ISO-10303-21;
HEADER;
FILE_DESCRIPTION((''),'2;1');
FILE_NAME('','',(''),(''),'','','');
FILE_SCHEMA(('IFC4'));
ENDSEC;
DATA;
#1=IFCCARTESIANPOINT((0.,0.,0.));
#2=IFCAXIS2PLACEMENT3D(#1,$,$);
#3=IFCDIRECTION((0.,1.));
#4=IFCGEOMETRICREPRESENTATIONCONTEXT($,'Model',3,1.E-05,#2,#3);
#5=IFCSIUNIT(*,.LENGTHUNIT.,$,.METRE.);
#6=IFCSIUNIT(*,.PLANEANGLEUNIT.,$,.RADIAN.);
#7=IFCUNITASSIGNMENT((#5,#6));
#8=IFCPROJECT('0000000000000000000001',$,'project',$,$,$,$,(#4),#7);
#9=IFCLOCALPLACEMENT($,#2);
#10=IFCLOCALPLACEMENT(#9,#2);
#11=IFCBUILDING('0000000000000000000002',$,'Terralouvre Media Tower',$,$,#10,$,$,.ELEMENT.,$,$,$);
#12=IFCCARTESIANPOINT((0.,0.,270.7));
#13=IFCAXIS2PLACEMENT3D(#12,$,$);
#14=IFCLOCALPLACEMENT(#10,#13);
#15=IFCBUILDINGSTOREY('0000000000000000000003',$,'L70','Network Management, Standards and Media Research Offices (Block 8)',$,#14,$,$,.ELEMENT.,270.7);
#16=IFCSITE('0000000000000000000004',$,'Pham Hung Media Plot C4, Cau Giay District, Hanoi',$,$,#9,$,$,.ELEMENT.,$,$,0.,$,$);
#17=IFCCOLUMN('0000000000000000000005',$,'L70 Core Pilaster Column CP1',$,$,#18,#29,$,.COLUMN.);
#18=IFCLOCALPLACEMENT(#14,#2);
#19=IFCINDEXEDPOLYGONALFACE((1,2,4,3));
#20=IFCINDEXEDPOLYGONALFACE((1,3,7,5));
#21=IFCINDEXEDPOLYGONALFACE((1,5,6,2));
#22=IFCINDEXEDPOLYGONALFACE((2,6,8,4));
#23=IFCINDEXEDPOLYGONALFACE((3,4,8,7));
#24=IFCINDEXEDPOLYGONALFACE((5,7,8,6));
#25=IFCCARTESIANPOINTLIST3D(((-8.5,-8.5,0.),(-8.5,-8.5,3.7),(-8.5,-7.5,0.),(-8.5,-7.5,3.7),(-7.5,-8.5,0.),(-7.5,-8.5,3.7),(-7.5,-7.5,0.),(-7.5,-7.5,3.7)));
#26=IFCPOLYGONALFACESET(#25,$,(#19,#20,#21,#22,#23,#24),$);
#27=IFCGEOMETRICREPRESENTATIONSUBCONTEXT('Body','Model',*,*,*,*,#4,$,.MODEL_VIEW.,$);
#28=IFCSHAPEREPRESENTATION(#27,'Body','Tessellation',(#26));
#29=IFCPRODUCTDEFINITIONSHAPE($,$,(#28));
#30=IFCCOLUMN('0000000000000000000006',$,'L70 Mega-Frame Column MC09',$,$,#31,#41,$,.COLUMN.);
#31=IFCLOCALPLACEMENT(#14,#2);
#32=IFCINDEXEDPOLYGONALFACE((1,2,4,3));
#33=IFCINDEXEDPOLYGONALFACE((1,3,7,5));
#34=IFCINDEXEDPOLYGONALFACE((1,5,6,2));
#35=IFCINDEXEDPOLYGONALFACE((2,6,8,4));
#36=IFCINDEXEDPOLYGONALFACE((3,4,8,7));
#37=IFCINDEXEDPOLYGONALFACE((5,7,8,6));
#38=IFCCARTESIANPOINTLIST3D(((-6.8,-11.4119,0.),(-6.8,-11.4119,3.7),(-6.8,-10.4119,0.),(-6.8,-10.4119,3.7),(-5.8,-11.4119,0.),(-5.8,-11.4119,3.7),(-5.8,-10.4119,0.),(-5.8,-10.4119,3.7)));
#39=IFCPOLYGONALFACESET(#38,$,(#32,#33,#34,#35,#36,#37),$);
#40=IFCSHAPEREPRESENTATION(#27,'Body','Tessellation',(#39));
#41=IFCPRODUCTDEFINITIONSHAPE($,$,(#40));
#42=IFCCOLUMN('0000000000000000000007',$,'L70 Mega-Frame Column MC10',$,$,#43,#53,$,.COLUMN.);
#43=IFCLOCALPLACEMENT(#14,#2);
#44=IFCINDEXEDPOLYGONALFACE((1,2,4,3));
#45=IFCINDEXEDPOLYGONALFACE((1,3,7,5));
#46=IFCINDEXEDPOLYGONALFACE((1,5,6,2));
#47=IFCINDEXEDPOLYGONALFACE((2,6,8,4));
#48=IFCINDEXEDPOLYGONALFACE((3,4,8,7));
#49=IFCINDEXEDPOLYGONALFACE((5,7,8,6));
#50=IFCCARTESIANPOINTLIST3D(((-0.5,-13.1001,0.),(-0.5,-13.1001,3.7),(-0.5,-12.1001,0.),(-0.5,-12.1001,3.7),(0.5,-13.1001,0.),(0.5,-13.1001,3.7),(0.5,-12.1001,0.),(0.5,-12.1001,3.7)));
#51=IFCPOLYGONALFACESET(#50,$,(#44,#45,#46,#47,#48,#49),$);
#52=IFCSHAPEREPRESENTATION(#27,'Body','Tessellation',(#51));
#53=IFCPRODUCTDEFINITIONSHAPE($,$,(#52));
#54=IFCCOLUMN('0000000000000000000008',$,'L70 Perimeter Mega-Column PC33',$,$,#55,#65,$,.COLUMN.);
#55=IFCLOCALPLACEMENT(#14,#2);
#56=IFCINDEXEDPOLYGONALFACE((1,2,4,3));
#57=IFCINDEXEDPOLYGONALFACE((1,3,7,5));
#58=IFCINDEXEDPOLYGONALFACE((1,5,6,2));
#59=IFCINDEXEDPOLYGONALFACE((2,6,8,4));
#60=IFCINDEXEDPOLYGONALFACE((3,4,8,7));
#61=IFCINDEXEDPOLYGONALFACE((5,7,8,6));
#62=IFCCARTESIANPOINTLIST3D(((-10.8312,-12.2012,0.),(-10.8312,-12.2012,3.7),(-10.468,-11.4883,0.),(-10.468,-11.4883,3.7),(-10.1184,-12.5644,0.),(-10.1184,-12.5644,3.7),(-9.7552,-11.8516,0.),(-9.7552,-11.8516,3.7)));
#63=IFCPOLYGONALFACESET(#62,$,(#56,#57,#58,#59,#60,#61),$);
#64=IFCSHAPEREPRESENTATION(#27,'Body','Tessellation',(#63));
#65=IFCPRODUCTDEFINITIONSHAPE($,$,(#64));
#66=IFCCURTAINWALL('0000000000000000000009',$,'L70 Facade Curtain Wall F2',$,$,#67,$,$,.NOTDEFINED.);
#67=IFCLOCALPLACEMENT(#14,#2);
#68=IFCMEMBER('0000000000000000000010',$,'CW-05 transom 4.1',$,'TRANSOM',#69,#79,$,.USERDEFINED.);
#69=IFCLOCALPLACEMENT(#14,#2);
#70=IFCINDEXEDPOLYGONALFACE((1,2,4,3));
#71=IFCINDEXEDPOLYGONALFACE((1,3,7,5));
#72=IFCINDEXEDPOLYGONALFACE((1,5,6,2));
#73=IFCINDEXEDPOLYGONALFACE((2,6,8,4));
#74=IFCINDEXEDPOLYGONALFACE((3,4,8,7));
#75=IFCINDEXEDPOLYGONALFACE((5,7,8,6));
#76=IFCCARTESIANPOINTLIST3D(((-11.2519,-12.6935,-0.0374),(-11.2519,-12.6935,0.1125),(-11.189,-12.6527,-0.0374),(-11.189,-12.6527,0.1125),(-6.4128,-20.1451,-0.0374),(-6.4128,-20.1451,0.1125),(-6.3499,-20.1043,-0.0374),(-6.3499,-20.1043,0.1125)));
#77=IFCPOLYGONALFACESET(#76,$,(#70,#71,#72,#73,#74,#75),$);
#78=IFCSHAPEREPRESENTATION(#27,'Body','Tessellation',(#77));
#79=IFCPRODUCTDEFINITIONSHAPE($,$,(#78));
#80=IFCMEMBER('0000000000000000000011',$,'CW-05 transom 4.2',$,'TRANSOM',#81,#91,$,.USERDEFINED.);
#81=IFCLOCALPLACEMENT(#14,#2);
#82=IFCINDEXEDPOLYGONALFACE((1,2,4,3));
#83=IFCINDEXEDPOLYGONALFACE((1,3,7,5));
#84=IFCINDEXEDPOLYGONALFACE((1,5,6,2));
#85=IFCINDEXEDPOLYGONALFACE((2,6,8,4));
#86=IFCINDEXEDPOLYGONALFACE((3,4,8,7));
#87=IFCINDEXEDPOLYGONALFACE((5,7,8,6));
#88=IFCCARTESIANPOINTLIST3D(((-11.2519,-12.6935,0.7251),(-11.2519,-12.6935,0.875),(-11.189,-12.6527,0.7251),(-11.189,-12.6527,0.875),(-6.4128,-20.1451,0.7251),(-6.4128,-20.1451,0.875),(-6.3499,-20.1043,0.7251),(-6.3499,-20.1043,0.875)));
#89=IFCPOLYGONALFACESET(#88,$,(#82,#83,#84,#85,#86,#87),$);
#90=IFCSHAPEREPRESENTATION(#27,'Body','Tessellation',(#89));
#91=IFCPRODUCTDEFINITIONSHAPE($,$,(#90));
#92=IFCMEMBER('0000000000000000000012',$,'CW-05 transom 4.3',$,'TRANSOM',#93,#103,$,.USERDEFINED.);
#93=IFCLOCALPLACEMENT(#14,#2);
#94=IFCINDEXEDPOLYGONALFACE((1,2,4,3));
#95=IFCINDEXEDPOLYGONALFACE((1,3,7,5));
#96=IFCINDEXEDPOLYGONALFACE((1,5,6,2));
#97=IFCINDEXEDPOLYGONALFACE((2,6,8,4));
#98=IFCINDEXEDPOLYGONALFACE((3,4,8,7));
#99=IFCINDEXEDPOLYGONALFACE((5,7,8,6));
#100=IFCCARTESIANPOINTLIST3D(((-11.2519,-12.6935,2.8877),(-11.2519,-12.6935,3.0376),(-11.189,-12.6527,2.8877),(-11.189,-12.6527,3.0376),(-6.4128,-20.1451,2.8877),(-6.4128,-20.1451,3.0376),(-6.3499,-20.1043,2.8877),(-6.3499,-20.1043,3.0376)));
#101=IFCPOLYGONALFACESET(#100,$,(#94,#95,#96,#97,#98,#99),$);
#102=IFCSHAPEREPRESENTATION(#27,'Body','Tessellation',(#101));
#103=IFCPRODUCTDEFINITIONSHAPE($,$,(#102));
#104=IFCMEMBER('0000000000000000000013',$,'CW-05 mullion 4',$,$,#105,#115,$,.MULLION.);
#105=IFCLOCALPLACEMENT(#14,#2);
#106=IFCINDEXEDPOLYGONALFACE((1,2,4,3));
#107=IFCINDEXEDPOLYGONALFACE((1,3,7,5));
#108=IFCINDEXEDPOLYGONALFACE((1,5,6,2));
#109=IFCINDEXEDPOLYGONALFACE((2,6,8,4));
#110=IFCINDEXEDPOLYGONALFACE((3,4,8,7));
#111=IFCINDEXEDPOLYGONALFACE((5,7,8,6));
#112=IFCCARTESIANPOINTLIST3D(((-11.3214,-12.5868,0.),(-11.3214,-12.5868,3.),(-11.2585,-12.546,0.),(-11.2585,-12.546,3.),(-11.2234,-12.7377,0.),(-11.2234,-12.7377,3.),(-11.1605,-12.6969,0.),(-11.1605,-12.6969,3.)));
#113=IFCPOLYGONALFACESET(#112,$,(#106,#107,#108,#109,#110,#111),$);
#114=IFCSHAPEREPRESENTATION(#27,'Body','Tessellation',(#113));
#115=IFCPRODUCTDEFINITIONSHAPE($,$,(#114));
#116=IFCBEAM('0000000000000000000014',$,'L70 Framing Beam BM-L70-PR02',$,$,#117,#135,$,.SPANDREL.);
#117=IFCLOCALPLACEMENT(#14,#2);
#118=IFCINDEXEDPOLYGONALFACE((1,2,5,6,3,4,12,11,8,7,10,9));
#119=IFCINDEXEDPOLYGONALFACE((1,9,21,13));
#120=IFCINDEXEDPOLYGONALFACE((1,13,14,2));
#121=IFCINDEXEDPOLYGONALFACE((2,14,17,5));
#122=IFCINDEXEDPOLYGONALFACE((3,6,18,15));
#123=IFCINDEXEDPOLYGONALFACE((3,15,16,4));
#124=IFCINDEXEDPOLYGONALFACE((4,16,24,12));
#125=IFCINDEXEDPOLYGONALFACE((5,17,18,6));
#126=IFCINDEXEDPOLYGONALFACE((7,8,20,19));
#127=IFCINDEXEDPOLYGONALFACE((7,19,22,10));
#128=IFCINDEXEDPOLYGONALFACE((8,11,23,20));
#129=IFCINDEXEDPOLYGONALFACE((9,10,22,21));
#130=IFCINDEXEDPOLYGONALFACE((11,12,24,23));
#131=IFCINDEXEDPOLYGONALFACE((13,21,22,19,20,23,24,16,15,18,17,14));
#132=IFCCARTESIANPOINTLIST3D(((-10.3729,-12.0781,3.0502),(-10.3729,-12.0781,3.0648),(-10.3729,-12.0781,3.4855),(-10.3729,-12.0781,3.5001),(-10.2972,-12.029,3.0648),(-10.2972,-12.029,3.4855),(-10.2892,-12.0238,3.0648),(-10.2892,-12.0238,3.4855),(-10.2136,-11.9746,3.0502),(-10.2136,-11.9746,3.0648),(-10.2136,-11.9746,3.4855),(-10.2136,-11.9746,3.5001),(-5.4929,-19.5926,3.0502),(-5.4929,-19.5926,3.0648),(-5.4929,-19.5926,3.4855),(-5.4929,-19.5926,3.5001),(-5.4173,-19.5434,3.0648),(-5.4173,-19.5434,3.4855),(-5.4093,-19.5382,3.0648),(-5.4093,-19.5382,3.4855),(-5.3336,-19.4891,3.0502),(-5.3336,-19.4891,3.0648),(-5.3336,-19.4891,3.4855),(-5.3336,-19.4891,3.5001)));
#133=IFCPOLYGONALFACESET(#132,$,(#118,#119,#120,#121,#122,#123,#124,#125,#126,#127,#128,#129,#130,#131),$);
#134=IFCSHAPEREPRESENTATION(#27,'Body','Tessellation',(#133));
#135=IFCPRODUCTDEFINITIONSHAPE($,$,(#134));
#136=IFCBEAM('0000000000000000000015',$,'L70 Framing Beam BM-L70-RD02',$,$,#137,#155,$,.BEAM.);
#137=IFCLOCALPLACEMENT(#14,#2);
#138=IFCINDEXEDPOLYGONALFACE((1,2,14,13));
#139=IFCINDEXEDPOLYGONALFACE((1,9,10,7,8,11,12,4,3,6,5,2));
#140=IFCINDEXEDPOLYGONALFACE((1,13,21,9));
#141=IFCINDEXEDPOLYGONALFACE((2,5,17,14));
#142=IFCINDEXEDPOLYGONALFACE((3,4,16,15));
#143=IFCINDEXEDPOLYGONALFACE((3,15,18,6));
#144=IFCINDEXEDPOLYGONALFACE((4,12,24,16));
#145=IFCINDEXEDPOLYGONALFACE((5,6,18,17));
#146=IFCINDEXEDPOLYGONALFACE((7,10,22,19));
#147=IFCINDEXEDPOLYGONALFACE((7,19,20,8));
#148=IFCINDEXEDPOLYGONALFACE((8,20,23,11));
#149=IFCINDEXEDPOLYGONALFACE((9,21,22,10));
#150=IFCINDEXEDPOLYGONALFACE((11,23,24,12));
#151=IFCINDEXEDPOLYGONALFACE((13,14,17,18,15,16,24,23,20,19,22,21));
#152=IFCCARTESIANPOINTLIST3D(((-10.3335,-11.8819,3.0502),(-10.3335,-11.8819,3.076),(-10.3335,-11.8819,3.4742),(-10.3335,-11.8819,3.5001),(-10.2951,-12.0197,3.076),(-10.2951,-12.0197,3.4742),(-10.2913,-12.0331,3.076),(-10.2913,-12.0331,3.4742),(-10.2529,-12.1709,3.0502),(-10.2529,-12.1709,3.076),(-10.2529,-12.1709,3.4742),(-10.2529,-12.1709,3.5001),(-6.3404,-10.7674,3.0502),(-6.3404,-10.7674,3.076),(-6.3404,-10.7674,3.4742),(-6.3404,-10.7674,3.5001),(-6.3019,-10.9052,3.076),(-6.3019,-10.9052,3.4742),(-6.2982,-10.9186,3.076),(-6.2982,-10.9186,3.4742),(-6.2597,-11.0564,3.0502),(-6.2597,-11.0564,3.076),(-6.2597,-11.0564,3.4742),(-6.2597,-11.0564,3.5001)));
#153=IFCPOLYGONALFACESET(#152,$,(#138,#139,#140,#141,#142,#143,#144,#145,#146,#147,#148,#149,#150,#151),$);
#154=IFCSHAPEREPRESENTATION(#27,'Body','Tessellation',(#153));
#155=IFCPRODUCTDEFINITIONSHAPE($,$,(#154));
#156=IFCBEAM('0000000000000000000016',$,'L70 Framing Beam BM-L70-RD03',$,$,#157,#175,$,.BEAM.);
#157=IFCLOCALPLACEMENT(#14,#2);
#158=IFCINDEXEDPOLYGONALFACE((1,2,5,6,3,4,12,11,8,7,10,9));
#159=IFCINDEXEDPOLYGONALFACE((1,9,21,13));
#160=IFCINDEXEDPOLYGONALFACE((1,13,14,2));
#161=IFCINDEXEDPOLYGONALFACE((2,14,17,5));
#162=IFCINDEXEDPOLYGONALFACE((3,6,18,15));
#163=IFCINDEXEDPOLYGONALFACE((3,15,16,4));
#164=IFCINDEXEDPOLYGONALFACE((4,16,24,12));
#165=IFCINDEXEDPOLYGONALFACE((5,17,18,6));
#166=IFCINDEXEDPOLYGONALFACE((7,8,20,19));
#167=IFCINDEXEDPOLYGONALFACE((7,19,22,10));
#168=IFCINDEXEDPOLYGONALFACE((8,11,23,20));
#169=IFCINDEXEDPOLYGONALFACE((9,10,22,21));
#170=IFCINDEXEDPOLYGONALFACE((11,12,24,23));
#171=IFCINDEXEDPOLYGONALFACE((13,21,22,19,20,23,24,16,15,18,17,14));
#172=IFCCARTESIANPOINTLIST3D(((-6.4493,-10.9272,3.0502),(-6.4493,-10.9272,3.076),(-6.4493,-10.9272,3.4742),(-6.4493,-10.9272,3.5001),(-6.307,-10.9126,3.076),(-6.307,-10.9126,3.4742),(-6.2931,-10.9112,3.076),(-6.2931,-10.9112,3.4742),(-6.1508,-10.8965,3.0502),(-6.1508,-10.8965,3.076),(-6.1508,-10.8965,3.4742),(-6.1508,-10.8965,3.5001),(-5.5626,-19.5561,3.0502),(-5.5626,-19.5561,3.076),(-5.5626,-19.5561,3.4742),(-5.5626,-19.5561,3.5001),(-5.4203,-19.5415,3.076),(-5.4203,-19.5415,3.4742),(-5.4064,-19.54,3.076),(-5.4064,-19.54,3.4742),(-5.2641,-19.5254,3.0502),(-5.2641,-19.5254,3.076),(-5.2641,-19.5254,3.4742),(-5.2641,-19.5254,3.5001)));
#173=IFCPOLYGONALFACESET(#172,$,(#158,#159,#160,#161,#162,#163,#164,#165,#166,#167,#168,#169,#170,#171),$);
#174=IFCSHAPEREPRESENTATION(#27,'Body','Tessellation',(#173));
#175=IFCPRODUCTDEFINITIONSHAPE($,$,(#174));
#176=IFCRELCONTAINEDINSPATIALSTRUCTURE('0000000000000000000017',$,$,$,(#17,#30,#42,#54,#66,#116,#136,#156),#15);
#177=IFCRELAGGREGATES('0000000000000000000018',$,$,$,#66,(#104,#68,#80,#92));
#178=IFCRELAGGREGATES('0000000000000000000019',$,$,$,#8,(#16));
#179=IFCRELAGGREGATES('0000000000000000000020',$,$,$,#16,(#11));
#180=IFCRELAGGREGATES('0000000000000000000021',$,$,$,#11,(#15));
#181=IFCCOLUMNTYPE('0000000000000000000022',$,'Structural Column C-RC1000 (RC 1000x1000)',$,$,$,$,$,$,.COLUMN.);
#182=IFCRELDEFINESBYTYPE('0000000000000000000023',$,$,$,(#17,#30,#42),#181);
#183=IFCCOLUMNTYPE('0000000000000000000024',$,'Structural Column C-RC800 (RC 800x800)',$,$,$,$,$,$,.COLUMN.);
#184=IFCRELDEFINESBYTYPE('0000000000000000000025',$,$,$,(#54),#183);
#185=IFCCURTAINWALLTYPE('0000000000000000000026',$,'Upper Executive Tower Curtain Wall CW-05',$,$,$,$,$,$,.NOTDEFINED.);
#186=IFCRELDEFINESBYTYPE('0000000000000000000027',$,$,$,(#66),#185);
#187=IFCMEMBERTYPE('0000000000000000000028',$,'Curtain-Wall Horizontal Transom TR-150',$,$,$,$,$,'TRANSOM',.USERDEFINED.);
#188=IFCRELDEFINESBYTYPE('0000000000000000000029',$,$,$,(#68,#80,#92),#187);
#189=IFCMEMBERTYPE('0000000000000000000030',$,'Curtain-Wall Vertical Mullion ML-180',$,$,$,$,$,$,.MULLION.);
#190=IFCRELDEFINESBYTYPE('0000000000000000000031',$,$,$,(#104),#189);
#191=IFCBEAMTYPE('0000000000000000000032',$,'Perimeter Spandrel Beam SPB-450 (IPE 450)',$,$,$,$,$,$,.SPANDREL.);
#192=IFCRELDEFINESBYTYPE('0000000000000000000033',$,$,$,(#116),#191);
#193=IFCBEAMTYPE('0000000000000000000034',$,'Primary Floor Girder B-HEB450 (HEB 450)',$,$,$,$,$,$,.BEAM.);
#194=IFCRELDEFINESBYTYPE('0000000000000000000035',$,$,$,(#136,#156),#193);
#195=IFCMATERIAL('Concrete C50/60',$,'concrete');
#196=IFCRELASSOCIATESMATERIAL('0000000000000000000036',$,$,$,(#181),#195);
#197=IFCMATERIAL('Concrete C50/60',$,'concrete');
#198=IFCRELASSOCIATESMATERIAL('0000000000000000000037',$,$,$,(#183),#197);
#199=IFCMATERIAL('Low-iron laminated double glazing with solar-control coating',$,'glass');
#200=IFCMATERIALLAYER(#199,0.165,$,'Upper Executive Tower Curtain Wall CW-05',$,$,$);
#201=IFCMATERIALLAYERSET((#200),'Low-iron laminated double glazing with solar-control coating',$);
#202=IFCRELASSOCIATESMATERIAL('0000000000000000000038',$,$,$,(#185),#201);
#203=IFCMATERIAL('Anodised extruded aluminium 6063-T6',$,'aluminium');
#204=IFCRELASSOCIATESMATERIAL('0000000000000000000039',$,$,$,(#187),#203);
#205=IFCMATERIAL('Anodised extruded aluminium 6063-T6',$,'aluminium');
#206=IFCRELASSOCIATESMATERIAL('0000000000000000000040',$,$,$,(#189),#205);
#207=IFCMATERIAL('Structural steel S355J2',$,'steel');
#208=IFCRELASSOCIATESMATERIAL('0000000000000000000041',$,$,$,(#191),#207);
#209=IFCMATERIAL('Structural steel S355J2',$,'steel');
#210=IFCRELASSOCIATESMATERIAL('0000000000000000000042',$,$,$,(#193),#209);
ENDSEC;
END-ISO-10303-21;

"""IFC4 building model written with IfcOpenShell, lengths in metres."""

from ifc_helpers import new_model, si_unit, direction, frame, origin, origin_2d, place, context, subcontext, project, spatial, rectangle, i_section, extrude, material, layer, layer_set, material_profile, profile_set, type_object, element, aggregate, save


model = new_model("IFC4")

# Units and contexts
model_context = context("Model", 3, precision=1e-05, world=origin(), true_north=direction((0.0, 1.0)))
body_context = subcontext(model_context, "Body", "Model", "MODEL_VIEW")
ifc_project = project(units=[si_unit("LENGTHUNIT", "METRE"), si_unit("PLANEANGLEUNIT", "RADIAN")], contexts=[model_context])

# Site, building, storey
site_placement = place(None, origin())
site = spatial("IfcSite", under=ifc_project, at=site_placement, Name="Pham Hung Media Plot C4, Cau Giay District, Hanoi", CompositionType="ELEMENT", RefElevation=0.0)
building_placement = place(site_placement, origin())
building = spatial("IfcBuilding", under=site, at=building_placement, Name="Terralouvre Media Tower", CompositionType="ELEMENT")
storey_placement = place(building_placement, frame((0.0, 0.0, 270.7)))
storey = spatial("IfcBuildingStorey", under=building, at=storey_placement, Name="L70", Description="Network Management, Standards and Media Research Offices (Block 8)", CompositionType="ELEMENT", Elevation=270.7)

# Columns
ifc_material_1 = material(Name="Concrete C50/60", Category="concrete")
ifc_material_profile_1 = material_profile(ifc_material_1, rectangle(XDim=1.0, YDim=1.0, at=origin_2d()), Name="RC 1000x1000")
ifc_profile_set_1 = profile_set([ifc_material_profile_1], Name="Concrete C50/60")
column_type_1 = type_object("IfcColumnType", Name="Structural Column C-RC1000 (RC 1000x1000)", PredefinedType="COLUMN", material=ifc_profile_set_1)
for number, where, z_axis, x_axis, name in (
    (1, (-8.0, -8.0, 0.0), (0.0, 0.0, 1.0), (1.0, 0.0, 0.0), "L70 Core Pilaster Column CP1"),
    (2, (-6.3, -10.9119, 0.0), (0.0, 0.0, 1.0), (1.0, 0.0, 0.0), "L70 Mega-Frame Column MC09"),
    (3, (0.0, -12.6001, 0.0), (0.0, 0.0, 1.0), (1.0, 0.0, 0.0), "L70 Mega-Frame Column MC10"),
):
    element("IfcColumn", number, at=place(storey_placement, frame(where, z_axis=z_axis, x_axis=x_axis)), inside=storey, type_object=column_type_1, Name=name, PredefinedType="COLUMN", context=body_context, shape_type="SweptSolid", body=[
        extrude(rectangle(XDim=1.0, YDim=1.0, at=origin_2d()), origin(), (0.0, 0.0, 1.0), 3.7),
    ])
ifc_material_2 = material(Name="Concrete C50/60", Category="concrete")
ifc_material_profile_2 = material_profile(ifc_material_2, rectangle(XDim=0.8, YDim=0.8, at=origin_2d()), Name="RC 800x800")
ifc_profile_set_2 = profile_set([ifc_material_profile_2], Name="Concrete C50/60")
column_type_2 = type_object("IfcColumnType", Name="Structural Column C-RC800 (RC 800x800)", PredefinedType="COLUMN", material=ifc_profile_set_2)
column_placement = place(storey_placement, frame((-10.2932, -12.0264, 0.0), z_axis=(0.0, 0.0, 1.0), x_axis=(0.45399, 0.891007, 0.0)))
element("IfcColumn", 4, at=column_placement, inside=storey, type_object=column_type_2, Name="L70 Perimeter Mega-Column PC33", PredefinedType="COLUMN", context=body_context, shape_type="SweptSolid", body=[
    extrude(rectangle(XDim=0.8, YDim=0.8, at=origin_2d()), origin(), (0.0, 0.0, 1.0), 3.7),
])

# Curtain wall, members
ifc_material_3 = material(Name="Low-iron laminated double glazing with solar-control coating", Category="glass")
ifc_layer_1 = layer(ifc_material_3, 0.165, Name="Upper Executive Tower Curtain Wall CW-05")
ifc_layer_set_1 = layer_set([ifc_layer_1], Name="Low-iron laminated double glazing with solar-control coating")
curtain_wall_type = type_object("IfcCurtainWallType", Name="Upper Executive Tower Curtain Wall CW-05", PredefinedType="NOTDEFINED", material=ifc_layer_set_1)
curtain_wall_placement = place(storey_placement, origin())
curtain_wall = element("IfcCurtainWall", 5, at=curtain_wall_placement, inside=storey, type_object=curtain_wall_type, Name="L70 Facade Curtain Wall F2", PredefinedType="NOTDEFINED")
ifc_material_4 = material(Name="Anodised extruded aluminium 6063-T6", Category="aluminium")
ifc_material_profile_3 = material_profile(ifc_material_4, rectangle(XDim=0.075, YDim=0.1499, at=origin_2d()), Name="ALU 75x150")
ifc_profile_set_3 = profile_set([ifc_material_profile_3], Name="Anodised extruded aluminium 6063-T6")
member_type_1 = type_object("IfcMemberType", Name="Curtain-Wall Horizontal Transom TR-150", ElementType="TRANSOM", PredefinedType="USERDEFINED", material=ifc_profile_set_3)
member_1_placement = place(storey_placement, frame((-11.2205, -12.6731, 0.0376), z_axis=(0.544635, -0.838673, 0.0), x_axis=(0.838673, 0.544635, 0.0)))
member_1 = element("IfcMember", 6, at=member_1_placement, type_object=member_type_1, Name="CW-05 transom 4.1", ObjectType="TRANSOM", PredefinedType="USERDEFINED", context=body_context, shape_type="SweptSolid", body=[
    extrude(rectangle(XDim=0.075, YDim=0.1499, at=origin_2d()), origin(), (0.0, 0.0, 1.0), 8.885),
])
member_2_placement = place(storey_placement, frame((-11.2205, -12.6731, 0.8), z_axis=(0.544635, -0.838673, 0.0), x_axis=(0.838673, 0.544635, 0.0)))
member_2 = element("IfcMember", 7, at=member_2_placement, type_object=member_type_1, Name="CW-05 transom 4.2", ObjectType="TRANSOM", PredefinedType="USERDEFINED", context=body_context, shape_type="SweptSolid", body=[
    extrude(rectangle(XDim=0.075, YDim=0.1499, at=origin_2d()), origin(), (0.0, 0.0, 1.0), 8.885),
])
member_3_placement = place(storey_placement, frame((-11.2205, -12.6731, 2.9626), z_axis=(0.544635, -0.838673, 0.0), x_axis=(0.838673, 0.544635, 0.0)))
member_3 = element("IfcMember", 8, at=member_3_placement, type_object=member_type_1, Name="CW-05 transom 4.3", ObjectType="TRANSOM", PredefinedType="USERDEFINED", context=body_context, shape_type="SweptSolid", body=[
    extrude(rectangle(XDim=0.075, YDim=0.1499, at=origin_2d()), origin(), (0.0, 0.0, 1.0), 8.885),
])
ifc_material_5 = material(Name="Anodised extruded aluminium 6063-T6", Category="aluminium")
ifc_material_profile_4 = material_profile(ifc_material_5, rectangle(XDim=0.075, YDim=0.1799, at=origin_2d()), Name="ALU 75x180")
ifc_profile_set_4 = profile_set([ifc_material_profile_4], Name="Anodised extruded aluminium 6063-T6")
member_type_2 = type_object("IfcMemberType", Name="Curtain-Wall Vertical Mullion ML-180", PredefinedType="MULLION", material=ifc_profile_set_4)
member_4_placement = place(storey_placement, frame((-11.241, -12.6418, 0.0), z_axis=(0.0, 0.0, 1.0), x_axis=(0.838671, 0.544639, 0.0)))
member_4 = element("IfcMember", 9, at=member_4_placement, type_object=member_type_2, Name="CW-05 mullion 4", PredefinedType="MULLION", context=body_context, shape_type="SweptSolid", body=[
    extrude(rectangle(XDim=0.075, YDim=0.1799, at=origin_2d()), origin(), (0.0, 0.0, 1.0), 3.0),
])

# Beams
ifc_material_6 = material(Name="Structural steel S355J2", Category="steel")
ifc_material_profile_5 = material_profile(ifc_material_6, i_section(OverallWidth=0.1899, OverallDepth=0.45, WebThickness=0.0095, FlangeThickness=0.0146, at=origin_2d()), Name="IPE 450")
ifc_profile_set_5 = profile_set([ifc_material_profile_5], Name="Structural steel S355J2")
beam_type_1 = type_object("IfcBeamType", Name="Perimeter Spandrel Beam SPB-450 (IPE 450)", PredefinedType="SPANDREL", material=ifc_profile_set_5)
beam_1_placement = place(storey_placement, frame((-10.2932, -12.0264, 3.2751), z_axis=(0.544637, -0.838672, 0.0), x_axis=(0.838672, 0.544637, 0.0)))
element("IfcBeam", 10, at=beam_1_placement, inside=storey, type_object=beam_type_1, Name="L70 Framing Beam BM-L70-PR02", PredefinedType="SPANDREL", context=body_context, shape_type="SweptSolid", body=[
    extrude(i_section(OverallWidth=0.1899, OverallDepth=0.45, WebThickness=0.0095, FlangeThickness=0.0146, at=origin_2d()), origin(), (0.0, 0.0, 1.0), 8.96),
])
ifc_material_7 = material(Name="Structural steel S355J2", Category="steel")
ifc_material_profile_6 = material_profile(ifc_material_7, i_section(OverallWidth=0.3, OverallDepth=0.45, WebThickness=0.0139, FlangeThickness=0.0259, at=origin_2d()), Name="HEB 450")
ifc_profile_set_6 = profile_set([ifc_material_profile_6], Name="Structural steel S355J2")
beam_type_2 = type_object("IfcBeamType", Name="Primary Floor Girder B-HEB450 (HEB 450)", PredefinedType="BEAM", material=ifc_profile_set_6)
beam_2_placement = place(storey_placement, frame((-6.3, -10.9119, 3.2751), z_axis=(-0.963188, -0.268828, 0.0), x_axis=(0.268828, -0.963188, 0.0)))
element("IfcBeam", 11, at=beam_2_placement, inside=storey, type_object=beam_type_2, Name="L70 Framing Beam BM-L70-RD02", PredefinedType="BEAM", context=body_context, shape_type="SweptSolid", body=[
    extrude(i_section(OverallWidth=0.3, OverallDepth=0.45, WebThickness=0.0139, FlangeThickness=0.0259, at=origin_2d()), origin(), (0.0, 0.0, 1.0), 4.1458),
])
beam_3_placement = place(storey_placement, frame((-6.3, -10.9119, 3.2751), z_axis=(0.102223, -0.994761, 0.0), x_axis=(0.994761, 0.102223, 0.0)))
element("IfcBeam", 12, at=beam_3_placement, inside=storey, type_object=beam_type_2, Name="L70 Framing Beam BM-L70-RD03", PredefinedType="BEAM", context=body_context, shape_type="SweptSolid", body=[
    extrude(i_section(OverallWidth=0.3, OverallDepth=0.45, WebThickness=0.0139, FlangeThickness=0.0259, at=origin_2d()), origin(), (0.0, 0.0, 1.0), 8.6743),
])

aggregate(curtain_wall, [member_4, member_1, member_2, member_3])

save(model, "model.ifc")
